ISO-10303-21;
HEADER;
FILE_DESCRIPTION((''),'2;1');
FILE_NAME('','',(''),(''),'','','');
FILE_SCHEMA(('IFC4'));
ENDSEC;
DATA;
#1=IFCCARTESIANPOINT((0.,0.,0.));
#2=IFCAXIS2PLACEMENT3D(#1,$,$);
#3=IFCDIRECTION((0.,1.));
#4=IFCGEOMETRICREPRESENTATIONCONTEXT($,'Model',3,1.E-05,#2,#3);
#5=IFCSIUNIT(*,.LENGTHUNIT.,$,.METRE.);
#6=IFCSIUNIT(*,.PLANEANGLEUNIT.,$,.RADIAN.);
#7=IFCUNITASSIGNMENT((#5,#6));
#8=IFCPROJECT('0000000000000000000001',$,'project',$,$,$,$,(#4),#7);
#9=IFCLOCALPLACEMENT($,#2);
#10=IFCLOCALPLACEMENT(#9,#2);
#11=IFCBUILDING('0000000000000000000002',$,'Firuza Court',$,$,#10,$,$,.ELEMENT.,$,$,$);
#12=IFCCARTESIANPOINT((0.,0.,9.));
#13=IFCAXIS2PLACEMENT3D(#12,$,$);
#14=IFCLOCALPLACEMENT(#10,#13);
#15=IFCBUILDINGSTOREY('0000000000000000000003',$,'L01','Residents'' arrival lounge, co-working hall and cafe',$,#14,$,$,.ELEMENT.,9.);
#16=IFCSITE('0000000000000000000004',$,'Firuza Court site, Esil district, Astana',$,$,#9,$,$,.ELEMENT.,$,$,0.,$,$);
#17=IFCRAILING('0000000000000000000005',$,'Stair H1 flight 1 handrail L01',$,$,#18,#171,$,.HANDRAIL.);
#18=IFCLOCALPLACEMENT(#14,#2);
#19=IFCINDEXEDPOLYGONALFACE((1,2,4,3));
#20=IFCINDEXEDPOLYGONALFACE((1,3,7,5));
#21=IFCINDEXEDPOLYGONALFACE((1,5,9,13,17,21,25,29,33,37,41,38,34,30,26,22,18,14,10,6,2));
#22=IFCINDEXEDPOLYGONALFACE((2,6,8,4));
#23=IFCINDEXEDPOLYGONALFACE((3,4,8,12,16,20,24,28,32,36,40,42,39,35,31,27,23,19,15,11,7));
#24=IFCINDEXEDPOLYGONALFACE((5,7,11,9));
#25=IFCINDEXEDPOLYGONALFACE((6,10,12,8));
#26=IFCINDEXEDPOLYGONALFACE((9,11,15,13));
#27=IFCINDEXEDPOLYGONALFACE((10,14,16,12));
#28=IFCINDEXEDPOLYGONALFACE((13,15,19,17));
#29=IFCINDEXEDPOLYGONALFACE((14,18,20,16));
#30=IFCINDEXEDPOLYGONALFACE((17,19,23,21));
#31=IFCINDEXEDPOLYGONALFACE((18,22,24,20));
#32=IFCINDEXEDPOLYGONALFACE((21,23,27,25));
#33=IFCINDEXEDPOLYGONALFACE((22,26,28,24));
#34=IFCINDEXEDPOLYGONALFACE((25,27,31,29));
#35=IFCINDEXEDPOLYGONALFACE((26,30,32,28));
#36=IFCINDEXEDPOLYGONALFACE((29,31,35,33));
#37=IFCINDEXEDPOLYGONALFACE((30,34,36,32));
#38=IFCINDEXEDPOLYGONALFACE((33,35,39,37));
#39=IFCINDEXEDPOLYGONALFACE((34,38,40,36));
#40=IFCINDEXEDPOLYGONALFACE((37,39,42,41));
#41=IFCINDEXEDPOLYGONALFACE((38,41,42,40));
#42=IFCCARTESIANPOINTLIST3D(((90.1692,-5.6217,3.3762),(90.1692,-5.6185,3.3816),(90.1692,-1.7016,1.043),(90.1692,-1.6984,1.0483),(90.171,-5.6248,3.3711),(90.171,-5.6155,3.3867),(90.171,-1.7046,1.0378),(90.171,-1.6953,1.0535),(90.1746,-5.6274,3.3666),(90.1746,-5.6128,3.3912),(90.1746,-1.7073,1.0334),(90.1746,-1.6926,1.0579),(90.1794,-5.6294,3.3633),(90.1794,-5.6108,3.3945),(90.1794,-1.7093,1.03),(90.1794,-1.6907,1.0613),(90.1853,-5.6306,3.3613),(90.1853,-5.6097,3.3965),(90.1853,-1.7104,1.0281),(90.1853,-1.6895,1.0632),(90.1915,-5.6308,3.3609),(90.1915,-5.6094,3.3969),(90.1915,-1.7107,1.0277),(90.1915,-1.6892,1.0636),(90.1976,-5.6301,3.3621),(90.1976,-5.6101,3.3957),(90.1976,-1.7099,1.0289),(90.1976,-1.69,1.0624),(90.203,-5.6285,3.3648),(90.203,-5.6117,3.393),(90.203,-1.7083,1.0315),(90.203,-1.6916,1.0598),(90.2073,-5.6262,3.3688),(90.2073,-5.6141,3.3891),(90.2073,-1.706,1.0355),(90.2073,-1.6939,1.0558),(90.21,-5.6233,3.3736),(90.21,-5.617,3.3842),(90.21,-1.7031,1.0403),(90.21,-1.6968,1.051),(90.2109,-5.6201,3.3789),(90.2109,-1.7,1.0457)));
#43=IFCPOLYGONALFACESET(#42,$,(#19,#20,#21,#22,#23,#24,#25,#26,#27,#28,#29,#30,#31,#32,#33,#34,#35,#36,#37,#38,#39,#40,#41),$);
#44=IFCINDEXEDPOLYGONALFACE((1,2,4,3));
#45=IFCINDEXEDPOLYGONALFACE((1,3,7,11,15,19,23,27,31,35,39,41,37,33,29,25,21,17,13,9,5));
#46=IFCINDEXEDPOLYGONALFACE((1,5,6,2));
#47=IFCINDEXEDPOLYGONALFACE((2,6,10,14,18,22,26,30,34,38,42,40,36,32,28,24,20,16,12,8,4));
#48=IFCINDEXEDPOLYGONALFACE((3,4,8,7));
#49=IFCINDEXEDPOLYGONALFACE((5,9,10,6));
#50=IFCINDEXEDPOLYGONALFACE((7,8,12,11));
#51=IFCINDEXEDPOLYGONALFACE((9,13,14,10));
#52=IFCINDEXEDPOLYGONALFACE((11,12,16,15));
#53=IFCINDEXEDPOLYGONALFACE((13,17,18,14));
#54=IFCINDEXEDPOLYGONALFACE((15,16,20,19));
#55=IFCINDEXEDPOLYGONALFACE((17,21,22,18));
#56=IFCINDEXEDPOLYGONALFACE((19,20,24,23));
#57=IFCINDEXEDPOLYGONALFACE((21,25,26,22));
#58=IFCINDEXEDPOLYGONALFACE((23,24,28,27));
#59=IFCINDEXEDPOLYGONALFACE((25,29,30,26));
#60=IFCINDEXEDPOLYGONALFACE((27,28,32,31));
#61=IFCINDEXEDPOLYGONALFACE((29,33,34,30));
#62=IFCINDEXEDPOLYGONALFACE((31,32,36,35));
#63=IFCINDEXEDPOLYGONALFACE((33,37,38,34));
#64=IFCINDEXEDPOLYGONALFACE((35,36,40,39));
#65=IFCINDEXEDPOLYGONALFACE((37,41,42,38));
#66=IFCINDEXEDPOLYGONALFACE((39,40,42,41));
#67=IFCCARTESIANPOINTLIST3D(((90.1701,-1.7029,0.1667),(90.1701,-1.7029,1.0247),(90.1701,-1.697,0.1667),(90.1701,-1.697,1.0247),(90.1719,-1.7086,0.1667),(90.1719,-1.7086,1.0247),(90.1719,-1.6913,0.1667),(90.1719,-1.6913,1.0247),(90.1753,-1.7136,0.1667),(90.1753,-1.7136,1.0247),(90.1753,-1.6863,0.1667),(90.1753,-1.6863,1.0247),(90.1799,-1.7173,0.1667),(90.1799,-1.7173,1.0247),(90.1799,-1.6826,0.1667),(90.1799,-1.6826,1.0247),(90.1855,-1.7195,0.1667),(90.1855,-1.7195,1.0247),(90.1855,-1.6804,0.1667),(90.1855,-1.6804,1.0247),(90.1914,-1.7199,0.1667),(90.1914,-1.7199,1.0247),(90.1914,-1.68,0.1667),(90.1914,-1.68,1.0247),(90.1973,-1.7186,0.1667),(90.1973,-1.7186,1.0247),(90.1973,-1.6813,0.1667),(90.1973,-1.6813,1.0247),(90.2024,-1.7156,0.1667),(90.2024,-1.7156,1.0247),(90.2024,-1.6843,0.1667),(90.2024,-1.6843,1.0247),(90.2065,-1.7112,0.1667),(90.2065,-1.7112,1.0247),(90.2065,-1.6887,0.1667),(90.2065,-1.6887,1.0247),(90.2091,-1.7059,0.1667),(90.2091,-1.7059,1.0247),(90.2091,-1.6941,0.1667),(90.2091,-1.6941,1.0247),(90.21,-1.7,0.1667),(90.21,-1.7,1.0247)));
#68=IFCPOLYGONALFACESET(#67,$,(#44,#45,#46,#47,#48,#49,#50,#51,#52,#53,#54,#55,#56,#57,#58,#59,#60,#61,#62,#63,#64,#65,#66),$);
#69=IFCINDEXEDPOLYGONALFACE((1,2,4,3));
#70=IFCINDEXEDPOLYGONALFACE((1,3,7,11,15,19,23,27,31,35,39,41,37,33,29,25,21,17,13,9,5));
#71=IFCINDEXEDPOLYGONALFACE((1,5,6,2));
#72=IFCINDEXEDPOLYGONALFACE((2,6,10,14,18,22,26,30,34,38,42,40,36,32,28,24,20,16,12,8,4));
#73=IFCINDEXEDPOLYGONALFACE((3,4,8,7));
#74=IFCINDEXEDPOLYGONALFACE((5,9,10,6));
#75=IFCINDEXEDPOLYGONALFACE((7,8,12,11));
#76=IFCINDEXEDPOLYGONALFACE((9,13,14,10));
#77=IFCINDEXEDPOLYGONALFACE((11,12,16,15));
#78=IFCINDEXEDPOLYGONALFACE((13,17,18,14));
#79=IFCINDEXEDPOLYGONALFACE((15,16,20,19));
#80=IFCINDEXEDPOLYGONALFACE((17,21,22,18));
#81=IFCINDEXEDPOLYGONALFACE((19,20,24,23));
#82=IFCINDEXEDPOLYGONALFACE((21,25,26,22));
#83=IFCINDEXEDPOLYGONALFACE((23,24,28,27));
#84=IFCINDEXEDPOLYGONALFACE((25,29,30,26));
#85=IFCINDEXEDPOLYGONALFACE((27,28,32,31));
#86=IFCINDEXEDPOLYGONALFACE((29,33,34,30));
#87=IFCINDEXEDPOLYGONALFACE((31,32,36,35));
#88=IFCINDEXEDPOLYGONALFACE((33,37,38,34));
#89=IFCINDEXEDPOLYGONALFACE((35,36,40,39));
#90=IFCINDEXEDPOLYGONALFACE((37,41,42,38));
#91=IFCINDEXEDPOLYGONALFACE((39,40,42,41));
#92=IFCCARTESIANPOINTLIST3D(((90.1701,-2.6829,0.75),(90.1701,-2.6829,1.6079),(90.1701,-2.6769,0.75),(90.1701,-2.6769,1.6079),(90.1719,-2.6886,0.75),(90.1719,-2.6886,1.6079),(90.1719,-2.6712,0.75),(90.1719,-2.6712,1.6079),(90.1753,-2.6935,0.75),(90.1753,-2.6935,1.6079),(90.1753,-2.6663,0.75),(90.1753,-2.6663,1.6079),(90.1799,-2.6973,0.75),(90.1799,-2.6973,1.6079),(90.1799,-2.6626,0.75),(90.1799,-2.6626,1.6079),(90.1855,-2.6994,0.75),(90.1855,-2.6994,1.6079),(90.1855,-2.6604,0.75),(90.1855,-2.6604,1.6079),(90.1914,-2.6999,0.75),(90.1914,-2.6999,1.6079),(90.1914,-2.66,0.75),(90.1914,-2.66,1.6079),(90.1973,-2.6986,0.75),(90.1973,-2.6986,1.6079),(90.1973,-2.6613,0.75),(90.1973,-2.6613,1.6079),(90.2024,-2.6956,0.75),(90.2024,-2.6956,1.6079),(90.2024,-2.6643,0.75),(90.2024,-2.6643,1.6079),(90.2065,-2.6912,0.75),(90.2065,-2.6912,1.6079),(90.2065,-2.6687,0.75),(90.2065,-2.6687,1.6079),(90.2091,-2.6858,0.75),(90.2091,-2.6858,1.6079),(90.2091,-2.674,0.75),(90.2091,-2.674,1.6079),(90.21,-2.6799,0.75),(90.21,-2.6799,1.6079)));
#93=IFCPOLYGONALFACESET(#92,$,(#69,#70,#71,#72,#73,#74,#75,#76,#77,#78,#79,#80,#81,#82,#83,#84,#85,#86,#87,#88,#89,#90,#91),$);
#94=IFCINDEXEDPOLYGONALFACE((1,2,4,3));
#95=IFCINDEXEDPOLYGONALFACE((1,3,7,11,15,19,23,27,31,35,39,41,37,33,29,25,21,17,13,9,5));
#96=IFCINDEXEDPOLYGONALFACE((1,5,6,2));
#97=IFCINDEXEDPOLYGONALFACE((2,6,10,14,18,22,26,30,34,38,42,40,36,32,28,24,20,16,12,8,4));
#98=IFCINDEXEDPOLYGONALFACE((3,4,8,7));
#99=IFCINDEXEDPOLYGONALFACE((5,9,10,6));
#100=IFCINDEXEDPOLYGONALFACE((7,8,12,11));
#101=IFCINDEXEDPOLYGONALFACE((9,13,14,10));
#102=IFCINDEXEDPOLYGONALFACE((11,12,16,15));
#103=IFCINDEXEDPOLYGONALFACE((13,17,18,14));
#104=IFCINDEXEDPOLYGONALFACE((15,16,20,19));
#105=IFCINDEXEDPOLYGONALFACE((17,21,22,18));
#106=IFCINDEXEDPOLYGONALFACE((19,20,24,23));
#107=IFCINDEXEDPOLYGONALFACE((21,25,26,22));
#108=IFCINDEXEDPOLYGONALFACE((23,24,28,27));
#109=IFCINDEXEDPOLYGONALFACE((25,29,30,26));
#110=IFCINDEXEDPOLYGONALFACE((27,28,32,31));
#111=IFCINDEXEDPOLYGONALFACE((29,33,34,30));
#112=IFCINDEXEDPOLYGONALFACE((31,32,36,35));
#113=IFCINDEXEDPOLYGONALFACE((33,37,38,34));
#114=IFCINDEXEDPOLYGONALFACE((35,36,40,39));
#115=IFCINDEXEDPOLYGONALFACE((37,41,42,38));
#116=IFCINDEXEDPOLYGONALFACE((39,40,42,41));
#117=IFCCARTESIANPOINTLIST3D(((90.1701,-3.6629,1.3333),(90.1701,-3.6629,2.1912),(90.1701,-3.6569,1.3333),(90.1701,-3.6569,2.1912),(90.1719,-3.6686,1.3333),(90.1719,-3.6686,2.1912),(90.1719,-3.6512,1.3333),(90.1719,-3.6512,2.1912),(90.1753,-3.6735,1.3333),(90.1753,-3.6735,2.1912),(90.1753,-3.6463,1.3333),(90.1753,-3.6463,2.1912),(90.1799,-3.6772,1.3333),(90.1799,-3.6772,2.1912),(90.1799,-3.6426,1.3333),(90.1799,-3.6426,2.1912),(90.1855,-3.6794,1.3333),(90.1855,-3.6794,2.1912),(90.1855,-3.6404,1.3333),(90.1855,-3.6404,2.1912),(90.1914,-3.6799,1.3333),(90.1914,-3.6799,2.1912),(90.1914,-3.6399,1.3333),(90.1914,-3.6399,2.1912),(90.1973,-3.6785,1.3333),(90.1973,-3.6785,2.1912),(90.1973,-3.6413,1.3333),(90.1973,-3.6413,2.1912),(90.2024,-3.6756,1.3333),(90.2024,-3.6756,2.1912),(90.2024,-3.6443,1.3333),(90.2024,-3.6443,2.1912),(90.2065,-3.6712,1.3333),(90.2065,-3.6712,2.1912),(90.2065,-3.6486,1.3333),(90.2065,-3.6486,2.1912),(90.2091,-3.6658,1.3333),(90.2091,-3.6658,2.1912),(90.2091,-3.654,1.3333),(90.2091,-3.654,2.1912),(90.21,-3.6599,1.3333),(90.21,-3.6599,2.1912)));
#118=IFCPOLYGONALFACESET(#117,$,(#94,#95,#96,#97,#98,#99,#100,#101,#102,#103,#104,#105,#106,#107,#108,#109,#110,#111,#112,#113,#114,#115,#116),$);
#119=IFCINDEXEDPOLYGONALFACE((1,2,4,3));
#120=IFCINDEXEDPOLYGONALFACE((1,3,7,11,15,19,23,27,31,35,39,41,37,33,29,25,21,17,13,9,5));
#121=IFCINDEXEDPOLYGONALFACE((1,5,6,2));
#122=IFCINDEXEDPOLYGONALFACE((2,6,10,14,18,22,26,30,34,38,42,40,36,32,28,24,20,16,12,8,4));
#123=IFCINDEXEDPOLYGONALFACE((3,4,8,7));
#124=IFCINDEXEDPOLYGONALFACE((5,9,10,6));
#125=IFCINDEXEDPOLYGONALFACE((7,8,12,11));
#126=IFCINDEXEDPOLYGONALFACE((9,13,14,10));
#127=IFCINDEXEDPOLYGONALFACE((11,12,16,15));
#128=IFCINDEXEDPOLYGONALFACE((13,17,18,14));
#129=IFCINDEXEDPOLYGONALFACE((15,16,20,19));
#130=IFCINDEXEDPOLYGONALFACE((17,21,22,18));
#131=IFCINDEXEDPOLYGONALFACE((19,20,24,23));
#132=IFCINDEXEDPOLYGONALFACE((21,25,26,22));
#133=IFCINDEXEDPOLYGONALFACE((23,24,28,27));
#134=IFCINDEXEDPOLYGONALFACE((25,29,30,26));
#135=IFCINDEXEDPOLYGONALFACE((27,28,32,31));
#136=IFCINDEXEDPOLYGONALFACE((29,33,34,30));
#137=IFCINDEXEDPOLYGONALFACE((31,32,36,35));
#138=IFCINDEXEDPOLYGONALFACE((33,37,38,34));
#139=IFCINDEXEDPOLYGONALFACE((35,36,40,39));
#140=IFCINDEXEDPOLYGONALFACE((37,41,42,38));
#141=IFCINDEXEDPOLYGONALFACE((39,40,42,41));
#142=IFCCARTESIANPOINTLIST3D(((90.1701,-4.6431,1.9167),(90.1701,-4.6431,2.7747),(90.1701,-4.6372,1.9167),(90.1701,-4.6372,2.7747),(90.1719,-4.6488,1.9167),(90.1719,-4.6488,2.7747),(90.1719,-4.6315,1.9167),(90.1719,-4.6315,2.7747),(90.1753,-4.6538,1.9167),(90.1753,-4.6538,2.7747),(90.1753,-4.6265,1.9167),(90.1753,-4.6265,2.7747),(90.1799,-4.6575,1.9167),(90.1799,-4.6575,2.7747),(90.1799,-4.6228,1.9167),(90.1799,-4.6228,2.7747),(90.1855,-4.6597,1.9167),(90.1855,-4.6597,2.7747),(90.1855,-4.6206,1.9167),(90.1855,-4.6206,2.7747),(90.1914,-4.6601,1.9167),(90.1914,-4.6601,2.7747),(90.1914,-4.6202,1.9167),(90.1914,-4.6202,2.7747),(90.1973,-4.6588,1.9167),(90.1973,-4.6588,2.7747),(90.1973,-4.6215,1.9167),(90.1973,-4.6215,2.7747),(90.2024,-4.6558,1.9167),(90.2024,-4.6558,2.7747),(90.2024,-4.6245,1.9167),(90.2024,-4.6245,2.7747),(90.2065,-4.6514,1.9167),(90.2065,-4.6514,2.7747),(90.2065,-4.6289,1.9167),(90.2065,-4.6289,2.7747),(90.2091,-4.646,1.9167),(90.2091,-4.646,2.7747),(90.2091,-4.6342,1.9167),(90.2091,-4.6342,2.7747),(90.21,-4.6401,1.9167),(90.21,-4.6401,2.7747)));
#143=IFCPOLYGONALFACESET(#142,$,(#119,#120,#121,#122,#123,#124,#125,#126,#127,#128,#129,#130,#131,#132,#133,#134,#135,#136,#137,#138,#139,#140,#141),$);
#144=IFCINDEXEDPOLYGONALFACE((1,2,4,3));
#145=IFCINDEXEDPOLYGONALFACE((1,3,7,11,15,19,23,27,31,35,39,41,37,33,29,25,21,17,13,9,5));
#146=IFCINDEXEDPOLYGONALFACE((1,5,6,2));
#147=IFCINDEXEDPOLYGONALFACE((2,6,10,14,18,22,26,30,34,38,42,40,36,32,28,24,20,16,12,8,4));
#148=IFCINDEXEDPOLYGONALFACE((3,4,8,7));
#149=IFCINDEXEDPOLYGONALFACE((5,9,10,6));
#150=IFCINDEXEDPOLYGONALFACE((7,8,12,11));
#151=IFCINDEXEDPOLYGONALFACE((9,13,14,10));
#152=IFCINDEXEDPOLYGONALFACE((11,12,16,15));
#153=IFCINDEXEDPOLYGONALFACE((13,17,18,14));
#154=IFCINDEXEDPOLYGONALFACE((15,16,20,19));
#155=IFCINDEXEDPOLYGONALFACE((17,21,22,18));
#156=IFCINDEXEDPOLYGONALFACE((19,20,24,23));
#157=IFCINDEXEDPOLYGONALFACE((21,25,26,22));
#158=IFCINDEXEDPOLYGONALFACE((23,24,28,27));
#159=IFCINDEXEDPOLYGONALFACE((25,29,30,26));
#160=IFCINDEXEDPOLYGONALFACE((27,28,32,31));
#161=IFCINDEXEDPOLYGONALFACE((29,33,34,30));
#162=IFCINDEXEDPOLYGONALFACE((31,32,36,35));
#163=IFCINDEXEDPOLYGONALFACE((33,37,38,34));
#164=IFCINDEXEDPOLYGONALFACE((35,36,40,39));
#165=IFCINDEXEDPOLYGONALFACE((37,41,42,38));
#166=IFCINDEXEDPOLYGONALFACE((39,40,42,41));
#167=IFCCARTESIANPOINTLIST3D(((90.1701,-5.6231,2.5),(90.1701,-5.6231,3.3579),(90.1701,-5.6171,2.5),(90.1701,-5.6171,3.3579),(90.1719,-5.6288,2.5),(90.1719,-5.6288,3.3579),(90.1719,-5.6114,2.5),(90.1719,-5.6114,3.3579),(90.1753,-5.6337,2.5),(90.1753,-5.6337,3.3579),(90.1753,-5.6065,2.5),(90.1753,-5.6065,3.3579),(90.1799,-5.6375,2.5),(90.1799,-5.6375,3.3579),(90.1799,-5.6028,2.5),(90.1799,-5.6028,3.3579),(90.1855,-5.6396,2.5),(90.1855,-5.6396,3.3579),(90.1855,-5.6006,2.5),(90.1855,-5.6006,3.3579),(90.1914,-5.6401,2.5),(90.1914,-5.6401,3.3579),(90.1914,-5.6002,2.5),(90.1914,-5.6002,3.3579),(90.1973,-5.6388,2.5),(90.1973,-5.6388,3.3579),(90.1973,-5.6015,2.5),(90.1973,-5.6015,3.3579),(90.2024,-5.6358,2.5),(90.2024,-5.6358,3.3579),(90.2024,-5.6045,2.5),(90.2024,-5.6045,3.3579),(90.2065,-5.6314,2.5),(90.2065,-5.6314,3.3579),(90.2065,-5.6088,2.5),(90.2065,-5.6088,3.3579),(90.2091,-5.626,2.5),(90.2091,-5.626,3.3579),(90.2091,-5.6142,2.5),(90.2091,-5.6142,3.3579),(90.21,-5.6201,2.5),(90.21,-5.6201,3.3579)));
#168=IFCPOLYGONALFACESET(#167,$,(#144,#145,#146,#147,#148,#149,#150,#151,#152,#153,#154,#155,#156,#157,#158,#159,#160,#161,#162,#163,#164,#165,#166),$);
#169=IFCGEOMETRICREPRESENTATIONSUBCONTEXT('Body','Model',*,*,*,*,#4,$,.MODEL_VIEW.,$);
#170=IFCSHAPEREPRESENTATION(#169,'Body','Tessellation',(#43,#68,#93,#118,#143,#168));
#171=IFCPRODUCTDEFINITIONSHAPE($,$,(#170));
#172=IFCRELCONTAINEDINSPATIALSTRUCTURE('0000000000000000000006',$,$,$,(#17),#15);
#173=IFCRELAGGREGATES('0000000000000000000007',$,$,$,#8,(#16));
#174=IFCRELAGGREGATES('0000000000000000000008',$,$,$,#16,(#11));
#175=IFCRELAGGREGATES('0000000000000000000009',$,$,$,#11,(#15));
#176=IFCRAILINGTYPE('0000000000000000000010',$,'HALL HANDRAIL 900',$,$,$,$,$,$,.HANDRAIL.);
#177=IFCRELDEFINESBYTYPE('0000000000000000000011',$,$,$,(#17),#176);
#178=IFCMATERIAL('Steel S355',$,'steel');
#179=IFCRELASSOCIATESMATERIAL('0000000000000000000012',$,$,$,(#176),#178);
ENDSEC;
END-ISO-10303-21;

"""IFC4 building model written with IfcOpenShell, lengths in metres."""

from ifc_helpers import new_model, si_unit, direction, frame, origin, origin_2d, place, context, subcontext, project, spatial, circle, extrude, material, type_object, element, save


model = new_model("IFC4")

# Units and contexts
model_context = context("Model", 3, precision=1e-05, world=origin(), true_north=direction((0.0, 1.0)))
body_context = subcontext(model_context, "Body", "Model", "MODEL_VIEW")
ifc_project = project(units=[si_unit("LENGTHUNIT", "METRE"), si_unit("PLANEANGLEUNIT", "RADIAN")], contexts=[model_context])

# Site, building, storey
site_placement = place(None, origin())
site = spatial("IfcSite", under=ifc_project, at=site_placement, Name="Firuza Court site, Esil district, Astana", CompositionType="ELEMENT", RefElevation=0.0)
building_placement = place(site_placement, origin())
building = spatial("IfcBuilding", under=site, at=building_placement, Name="Firuza Court", CompositionType="ELEMENT")
storey_placement = place(building_placement, frame((0.0, 0.0, 9.0)))
storey = spatial("IfcBuildingStorey", under=building, at=storey_placement, Name="L01", Description="Residents' arrival lounge, co-working hall and cafe", CompositionType="ELEMENT", Elevation=9.0)

# Railing
ifc_material_1 = material(Name="Steel S355", Category="steel")
railing_type = type_object("IfcRailingType", Name="HALL HANDRAIL 900", PredefinedType="HANDRAIL", material=ifc_material_1)
railing_1_placement = place(storey_placement, frame((90.1899, -1.7, 0.1667)))
element("IfcRailing", 1, at=railing_1_placement, inside=storey, type_object=railing_type, Name="Stair H1 flight 1 handrail L01", PredefinedType="HANDRAIL", context=body_context, shape_type="SweptSolid", body=[
    extrude(circle(Radius=0.021, at=origin_2d()), frame((0.0, 0.0, 0.8789), z_axis=(0.0, -0.85931, 0.511455), x_axis=(1.0, 0.0, 0.0)), (0.0, 0.0, 1.0), 4.562),
    extrude(circle(Radius=0.02, at=origin_2d()), origin(), (0.0, 0.0, 1.0), 0.8579),
    extrude(circle(Radius=0.02, at=origin_2d()), frame((0.0, -0.98, 0.5833)), (0.0, 0.0, 1.0), 0.8579),
    extrude(circle(Radius=0.02, at=origin_2d()), frame((0.0, -1.96, 1.1665)), (0.0, 0.0, 1.0), 0.8579),
    extrude(circle(Radius=0.02, at=origin_2d()), frame((0.0, -2.9402, 1.75)), (0.0, 0.0, 1.0), 0.8579),
    extrude(circle(Radius=0.02, at=origin_2d()), frame((0.0, -3.9202, 2.3333)), (0.0, 0.0, 1.0), 0.8579),
])

save(model, "model.ifc")
